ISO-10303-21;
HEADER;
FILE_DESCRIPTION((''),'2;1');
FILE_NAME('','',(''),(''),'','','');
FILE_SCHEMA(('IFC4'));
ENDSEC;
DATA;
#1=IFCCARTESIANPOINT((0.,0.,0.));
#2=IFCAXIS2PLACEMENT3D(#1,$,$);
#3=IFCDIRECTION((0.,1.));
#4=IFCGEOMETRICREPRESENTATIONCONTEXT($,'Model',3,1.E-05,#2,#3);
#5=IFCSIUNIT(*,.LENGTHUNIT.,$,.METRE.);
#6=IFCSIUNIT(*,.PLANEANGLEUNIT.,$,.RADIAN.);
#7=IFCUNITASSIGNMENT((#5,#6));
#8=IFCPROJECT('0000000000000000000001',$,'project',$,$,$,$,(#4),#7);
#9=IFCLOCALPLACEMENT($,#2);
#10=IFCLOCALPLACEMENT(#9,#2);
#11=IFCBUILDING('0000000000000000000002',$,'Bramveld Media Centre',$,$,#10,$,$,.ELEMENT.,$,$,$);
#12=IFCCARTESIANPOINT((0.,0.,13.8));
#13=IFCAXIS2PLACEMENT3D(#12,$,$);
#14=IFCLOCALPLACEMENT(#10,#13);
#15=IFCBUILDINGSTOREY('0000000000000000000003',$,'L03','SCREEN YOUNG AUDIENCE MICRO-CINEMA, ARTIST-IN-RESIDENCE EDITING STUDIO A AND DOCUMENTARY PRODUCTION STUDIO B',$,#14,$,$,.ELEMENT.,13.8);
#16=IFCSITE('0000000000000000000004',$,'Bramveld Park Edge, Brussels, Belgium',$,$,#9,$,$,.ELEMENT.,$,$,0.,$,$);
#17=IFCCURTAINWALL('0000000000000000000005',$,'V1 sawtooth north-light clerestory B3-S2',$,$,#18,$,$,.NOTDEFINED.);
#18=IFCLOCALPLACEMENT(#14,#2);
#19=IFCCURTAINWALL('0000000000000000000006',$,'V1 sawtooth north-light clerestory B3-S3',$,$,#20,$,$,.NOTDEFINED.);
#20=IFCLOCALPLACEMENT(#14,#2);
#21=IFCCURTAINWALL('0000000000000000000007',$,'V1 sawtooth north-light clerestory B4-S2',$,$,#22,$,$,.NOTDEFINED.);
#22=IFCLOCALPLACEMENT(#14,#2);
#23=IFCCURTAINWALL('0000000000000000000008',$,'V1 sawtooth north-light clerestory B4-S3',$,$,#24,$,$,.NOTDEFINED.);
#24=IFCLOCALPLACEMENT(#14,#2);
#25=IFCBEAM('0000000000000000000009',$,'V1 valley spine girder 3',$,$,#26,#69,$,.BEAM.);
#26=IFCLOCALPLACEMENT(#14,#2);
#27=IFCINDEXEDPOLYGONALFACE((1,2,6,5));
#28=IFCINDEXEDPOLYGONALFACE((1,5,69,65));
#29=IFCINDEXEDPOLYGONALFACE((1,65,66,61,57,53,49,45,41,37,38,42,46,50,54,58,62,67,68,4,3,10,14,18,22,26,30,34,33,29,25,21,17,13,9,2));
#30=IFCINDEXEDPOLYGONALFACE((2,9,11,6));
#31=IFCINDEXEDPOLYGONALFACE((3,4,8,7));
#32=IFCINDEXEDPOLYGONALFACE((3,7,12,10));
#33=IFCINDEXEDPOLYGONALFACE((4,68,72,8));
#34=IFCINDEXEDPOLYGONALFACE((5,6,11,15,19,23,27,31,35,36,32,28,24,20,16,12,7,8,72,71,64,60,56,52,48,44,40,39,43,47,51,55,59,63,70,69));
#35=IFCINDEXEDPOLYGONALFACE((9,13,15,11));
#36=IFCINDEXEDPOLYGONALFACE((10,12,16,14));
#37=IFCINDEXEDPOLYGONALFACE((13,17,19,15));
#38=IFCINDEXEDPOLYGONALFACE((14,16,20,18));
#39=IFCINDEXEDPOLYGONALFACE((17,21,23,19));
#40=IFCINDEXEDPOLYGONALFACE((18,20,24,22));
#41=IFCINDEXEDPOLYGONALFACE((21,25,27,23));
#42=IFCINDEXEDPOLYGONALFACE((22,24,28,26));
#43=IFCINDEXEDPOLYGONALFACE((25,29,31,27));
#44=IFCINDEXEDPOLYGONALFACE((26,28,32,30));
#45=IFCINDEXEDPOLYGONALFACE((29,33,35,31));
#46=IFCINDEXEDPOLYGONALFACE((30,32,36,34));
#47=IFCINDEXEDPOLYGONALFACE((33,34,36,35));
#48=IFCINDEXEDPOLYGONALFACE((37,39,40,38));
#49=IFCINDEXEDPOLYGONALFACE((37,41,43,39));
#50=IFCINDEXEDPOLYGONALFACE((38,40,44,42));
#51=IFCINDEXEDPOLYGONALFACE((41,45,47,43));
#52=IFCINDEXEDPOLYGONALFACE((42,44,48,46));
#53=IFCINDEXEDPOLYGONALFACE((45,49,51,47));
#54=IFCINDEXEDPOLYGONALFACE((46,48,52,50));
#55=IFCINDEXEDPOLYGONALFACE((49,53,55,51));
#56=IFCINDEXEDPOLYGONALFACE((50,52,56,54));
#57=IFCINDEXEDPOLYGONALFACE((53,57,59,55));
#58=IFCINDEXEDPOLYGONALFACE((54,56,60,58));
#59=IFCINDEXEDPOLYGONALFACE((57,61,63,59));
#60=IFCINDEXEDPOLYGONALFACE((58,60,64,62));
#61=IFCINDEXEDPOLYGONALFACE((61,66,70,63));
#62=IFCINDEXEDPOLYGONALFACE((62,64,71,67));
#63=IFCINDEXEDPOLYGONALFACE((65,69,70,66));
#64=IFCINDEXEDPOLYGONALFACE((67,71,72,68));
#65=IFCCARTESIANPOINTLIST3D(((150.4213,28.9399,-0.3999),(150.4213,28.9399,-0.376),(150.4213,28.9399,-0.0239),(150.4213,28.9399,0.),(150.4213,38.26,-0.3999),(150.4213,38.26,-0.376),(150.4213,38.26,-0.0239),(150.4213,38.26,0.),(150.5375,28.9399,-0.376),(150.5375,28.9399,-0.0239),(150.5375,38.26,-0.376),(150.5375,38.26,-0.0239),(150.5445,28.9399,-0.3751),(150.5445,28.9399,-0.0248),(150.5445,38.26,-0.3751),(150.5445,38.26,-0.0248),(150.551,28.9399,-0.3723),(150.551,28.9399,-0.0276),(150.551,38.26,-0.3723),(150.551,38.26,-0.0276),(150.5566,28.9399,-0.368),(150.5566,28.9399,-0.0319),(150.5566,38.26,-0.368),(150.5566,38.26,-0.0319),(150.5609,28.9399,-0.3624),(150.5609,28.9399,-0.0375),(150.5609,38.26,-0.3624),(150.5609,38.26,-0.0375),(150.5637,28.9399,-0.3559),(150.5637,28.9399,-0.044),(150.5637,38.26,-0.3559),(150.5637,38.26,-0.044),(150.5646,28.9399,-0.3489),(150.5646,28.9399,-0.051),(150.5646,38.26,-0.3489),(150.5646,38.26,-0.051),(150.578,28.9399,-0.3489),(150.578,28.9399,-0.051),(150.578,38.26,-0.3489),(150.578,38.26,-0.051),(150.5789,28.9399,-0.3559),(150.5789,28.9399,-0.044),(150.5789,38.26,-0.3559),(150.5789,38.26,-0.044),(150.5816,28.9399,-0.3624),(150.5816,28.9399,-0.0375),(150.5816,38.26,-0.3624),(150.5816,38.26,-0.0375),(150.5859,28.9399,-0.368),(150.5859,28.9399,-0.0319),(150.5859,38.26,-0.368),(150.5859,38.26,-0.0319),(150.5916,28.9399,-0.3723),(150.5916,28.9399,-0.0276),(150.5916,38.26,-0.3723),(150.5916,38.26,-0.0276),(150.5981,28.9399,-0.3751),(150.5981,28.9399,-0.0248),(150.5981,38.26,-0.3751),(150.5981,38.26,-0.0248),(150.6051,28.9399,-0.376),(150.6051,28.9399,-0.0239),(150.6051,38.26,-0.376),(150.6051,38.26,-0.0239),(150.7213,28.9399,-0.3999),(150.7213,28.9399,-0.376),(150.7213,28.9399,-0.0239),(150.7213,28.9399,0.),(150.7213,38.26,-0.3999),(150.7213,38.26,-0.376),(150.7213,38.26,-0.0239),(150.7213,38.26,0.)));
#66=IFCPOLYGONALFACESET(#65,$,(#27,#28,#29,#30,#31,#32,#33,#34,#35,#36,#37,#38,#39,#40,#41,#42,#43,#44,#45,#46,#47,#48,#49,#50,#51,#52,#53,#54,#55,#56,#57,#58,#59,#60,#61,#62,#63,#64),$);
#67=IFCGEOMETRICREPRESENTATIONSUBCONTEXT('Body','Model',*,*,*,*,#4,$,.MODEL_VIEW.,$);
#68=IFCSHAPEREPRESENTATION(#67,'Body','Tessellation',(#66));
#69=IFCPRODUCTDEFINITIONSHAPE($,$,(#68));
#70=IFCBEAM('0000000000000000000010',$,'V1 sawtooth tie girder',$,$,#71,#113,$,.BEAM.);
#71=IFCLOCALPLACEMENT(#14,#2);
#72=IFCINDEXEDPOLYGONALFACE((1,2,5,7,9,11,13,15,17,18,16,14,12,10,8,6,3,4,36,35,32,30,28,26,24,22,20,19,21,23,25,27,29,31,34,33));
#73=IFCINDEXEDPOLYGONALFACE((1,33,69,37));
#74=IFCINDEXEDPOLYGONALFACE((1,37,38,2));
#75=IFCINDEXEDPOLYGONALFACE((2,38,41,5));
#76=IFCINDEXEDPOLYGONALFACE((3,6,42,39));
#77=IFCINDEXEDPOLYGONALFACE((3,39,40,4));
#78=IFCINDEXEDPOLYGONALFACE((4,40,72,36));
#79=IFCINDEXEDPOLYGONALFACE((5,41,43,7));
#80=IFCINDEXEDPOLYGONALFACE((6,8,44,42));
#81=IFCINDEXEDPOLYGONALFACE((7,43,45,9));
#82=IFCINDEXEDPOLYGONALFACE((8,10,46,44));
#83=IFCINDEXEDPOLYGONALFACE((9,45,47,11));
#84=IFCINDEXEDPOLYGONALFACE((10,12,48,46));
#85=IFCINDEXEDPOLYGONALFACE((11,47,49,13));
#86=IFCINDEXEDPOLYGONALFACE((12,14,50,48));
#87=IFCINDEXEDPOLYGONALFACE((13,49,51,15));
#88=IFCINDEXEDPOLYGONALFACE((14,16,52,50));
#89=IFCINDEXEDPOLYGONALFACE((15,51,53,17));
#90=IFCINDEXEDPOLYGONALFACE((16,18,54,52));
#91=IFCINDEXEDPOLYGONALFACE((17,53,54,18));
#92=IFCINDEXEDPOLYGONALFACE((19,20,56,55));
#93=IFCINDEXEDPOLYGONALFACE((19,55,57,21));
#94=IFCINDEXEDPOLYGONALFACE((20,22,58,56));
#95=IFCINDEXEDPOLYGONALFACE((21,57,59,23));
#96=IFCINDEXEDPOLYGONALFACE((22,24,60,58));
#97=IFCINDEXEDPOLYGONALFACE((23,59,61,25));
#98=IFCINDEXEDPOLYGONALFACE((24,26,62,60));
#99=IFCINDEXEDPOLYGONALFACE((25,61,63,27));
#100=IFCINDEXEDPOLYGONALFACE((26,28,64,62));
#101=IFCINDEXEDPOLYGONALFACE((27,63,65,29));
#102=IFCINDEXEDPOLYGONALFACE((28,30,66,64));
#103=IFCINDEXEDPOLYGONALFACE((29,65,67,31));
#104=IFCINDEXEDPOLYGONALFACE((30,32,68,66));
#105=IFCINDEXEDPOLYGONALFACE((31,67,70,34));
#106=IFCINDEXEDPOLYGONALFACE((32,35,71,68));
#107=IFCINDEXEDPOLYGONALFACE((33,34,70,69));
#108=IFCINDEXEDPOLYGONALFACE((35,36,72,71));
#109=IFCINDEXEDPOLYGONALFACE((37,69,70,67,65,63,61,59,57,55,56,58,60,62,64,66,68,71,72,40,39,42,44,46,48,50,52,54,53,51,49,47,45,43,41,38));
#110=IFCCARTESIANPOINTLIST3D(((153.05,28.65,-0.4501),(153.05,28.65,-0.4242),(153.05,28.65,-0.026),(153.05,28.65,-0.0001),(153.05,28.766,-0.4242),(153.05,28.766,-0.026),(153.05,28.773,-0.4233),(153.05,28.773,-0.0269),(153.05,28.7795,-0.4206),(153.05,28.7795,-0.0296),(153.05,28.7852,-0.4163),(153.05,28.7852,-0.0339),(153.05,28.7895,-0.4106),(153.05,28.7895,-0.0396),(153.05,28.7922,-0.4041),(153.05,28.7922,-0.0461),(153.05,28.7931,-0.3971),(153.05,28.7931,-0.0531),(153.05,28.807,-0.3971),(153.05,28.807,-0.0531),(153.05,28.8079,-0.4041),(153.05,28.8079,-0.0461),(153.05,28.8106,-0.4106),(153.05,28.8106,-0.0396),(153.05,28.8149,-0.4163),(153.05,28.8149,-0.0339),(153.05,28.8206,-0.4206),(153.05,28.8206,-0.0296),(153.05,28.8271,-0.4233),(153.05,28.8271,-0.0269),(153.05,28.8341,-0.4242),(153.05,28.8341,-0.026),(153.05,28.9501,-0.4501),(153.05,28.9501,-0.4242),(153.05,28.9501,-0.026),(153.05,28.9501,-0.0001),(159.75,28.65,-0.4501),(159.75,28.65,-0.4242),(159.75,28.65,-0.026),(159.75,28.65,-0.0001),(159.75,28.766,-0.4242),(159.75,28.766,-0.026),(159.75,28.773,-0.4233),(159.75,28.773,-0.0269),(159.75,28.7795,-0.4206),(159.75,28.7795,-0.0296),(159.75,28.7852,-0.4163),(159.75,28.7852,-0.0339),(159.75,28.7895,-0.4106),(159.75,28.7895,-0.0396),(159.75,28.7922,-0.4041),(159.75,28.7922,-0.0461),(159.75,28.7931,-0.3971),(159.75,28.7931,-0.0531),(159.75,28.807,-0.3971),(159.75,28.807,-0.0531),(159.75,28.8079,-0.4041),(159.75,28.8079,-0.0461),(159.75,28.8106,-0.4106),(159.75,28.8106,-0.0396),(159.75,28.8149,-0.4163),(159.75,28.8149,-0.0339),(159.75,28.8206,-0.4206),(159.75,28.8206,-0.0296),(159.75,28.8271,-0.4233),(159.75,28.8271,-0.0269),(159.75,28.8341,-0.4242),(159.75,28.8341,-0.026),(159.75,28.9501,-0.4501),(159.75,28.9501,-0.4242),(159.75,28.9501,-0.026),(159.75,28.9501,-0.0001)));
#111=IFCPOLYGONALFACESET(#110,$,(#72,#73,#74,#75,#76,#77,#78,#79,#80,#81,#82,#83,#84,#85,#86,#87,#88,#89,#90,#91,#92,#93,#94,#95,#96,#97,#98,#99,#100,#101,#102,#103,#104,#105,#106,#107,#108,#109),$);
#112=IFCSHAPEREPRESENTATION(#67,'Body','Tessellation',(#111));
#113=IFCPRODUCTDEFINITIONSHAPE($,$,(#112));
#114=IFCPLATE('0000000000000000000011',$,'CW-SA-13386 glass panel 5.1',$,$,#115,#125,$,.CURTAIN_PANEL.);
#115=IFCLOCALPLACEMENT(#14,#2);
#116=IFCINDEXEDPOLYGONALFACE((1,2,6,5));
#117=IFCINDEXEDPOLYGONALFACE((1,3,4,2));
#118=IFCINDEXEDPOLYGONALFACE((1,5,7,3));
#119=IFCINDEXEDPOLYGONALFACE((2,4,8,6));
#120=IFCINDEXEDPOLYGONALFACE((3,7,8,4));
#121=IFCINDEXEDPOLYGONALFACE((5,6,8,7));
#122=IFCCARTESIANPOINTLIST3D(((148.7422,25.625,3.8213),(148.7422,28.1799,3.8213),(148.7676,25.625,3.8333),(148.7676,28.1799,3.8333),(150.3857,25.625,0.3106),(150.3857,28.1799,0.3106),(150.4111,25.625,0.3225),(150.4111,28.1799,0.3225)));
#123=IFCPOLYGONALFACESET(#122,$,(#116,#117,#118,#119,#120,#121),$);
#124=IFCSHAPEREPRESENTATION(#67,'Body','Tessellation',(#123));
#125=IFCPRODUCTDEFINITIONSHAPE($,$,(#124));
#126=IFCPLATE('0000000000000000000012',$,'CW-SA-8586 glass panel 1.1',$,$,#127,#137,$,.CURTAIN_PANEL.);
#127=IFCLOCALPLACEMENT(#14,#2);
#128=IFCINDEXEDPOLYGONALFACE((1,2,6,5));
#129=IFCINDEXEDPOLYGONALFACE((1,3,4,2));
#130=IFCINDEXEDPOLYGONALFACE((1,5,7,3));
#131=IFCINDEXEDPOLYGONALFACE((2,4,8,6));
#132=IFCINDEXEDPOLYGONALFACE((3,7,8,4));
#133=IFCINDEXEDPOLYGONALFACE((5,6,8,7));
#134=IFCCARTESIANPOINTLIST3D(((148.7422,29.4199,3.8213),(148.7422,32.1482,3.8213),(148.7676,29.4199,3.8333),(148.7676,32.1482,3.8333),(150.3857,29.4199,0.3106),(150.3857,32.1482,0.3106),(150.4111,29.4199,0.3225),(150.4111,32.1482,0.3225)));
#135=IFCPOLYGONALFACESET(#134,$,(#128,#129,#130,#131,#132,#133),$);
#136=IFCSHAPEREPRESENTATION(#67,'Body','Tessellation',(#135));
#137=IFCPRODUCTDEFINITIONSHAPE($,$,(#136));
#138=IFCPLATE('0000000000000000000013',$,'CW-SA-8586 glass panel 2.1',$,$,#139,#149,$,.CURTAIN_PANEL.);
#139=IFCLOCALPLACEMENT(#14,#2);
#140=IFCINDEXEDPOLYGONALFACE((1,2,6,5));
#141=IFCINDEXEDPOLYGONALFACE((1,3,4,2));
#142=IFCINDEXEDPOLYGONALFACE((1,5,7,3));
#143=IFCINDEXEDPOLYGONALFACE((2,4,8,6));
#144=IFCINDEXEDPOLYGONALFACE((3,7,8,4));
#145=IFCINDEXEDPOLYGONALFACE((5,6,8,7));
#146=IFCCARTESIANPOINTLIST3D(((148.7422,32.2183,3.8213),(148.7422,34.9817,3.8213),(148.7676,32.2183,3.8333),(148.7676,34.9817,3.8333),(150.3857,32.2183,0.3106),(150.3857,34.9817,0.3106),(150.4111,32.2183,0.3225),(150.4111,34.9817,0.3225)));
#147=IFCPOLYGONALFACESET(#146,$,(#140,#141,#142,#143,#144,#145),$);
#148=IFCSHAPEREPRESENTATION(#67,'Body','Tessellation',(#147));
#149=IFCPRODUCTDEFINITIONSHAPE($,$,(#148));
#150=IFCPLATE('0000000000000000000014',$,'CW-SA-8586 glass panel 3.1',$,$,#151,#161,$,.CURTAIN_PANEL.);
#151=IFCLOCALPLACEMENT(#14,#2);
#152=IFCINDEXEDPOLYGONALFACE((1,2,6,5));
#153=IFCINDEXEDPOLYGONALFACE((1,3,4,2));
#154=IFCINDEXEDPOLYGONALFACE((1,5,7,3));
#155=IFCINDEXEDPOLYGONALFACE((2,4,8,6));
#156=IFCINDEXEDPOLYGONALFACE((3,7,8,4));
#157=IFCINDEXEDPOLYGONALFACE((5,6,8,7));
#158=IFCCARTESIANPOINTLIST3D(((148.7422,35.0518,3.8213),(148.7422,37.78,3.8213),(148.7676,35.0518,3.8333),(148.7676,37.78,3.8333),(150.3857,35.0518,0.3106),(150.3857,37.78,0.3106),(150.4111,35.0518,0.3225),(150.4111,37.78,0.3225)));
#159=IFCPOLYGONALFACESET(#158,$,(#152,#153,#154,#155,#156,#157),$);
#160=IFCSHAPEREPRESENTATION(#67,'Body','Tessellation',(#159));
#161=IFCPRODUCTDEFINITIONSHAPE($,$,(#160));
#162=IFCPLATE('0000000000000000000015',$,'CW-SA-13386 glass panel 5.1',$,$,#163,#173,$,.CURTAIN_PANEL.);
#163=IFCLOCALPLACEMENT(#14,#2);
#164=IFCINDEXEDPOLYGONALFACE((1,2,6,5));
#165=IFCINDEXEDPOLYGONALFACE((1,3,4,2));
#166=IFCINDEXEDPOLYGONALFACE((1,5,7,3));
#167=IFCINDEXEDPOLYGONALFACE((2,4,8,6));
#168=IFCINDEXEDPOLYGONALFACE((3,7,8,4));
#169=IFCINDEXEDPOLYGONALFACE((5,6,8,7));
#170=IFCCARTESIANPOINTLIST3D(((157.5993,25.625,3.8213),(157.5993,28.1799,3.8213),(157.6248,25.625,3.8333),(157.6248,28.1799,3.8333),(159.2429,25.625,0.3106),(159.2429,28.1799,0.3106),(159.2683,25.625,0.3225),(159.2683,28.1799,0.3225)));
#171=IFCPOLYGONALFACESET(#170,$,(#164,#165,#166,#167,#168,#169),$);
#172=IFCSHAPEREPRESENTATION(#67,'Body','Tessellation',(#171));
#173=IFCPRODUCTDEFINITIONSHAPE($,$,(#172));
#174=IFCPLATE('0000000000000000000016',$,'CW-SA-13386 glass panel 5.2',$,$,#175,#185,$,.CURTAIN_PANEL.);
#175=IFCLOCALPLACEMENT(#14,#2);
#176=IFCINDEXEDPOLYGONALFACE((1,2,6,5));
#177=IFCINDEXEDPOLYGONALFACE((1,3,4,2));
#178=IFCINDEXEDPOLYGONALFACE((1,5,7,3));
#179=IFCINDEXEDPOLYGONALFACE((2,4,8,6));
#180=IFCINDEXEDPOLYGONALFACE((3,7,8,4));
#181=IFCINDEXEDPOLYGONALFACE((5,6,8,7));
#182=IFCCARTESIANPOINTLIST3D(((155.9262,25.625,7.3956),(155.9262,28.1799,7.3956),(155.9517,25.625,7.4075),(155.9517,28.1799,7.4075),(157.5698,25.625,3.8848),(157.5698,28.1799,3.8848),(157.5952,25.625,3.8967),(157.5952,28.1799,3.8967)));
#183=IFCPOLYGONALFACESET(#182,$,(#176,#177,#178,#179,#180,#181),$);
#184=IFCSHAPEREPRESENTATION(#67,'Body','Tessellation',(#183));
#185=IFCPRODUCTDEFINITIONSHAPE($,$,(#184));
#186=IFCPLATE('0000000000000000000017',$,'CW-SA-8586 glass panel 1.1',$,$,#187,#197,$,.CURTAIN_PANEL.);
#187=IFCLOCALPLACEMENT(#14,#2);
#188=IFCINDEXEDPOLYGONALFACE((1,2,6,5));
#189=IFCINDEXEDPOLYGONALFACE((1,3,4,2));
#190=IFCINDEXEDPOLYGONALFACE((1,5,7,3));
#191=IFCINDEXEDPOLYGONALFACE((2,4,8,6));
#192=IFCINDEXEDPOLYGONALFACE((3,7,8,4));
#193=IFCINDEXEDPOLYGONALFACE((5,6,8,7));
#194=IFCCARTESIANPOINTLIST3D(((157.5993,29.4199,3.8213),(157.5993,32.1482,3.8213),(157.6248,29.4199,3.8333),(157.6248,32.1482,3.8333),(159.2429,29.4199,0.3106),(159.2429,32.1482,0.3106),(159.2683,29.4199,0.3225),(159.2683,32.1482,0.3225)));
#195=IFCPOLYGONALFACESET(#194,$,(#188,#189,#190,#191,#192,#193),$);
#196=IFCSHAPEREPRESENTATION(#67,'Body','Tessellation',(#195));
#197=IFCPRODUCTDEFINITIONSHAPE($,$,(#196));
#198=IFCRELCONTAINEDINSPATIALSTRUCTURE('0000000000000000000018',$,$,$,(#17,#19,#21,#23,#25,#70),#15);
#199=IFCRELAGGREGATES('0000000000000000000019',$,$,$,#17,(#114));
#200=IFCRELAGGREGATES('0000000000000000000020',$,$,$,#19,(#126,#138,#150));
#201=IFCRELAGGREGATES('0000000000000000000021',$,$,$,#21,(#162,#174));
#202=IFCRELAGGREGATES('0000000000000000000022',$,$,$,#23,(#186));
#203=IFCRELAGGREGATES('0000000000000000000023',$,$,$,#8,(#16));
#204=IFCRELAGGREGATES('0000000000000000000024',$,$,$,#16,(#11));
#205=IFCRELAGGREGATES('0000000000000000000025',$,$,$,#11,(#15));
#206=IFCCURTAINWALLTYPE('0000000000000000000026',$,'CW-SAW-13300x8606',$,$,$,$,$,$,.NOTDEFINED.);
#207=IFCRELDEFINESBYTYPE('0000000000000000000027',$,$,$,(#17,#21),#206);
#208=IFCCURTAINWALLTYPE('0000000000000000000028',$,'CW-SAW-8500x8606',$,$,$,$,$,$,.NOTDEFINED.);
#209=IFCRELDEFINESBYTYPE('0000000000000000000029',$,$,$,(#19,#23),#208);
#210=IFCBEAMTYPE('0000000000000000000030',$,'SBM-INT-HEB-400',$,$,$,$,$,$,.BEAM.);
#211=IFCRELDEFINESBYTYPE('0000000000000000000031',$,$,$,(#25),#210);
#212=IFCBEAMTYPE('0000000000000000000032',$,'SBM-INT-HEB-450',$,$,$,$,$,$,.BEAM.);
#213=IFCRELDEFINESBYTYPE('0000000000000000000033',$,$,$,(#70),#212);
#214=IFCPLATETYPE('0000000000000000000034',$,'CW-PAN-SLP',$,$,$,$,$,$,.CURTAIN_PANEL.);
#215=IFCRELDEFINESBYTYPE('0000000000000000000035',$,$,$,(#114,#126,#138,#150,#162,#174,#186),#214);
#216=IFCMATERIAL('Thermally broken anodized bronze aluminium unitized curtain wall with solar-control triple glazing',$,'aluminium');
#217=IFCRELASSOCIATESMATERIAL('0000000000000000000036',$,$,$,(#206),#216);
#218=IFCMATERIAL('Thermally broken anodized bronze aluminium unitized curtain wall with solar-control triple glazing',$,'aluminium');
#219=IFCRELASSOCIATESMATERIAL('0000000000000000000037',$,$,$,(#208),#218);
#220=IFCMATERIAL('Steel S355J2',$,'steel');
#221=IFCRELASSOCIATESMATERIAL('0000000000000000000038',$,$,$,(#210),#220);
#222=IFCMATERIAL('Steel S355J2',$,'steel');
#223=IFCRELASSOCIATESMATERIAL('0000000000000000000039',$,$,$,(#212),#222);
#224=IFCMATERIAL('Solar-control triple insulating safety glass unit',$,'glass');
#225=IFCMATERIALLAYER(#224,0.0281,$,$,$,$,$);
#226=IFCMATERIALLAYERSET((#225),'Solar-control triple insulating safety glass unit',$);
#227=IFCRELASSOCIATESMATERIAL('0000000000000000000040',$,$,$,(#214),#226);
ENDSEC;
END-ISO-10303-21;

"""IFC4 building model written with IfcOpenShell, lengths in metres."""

from ifc_helpers import new_model, si_unit, direction, frame, origin, origin_2d, place, context, subcontext, project, spatial, polyline, i_section, outline, extrude, material, layer, layer_set, material_profile, profile_set, type_object, element, aggregate, save


model = new_model("IFC4")

# Units and contexts
model_context = context("Model", 3, precision=1e-05, world=origin(), true_north=direction((0.0, 1.0)))
body_context = subcontext(model_context, "Body", "Model", "MODEL_VIEW")
ifc_project = project(units=[si_unit("LENGTHUNIT", "METRE"), si_unit("PLANEANGLEUNIT", "RADIAN")], contexts=[model_context])

# Site, building, storey
site_placement = place(None, origin())
site = spatial("IfcSite", under=ifc_project, at=site_placement, Name="Bramveld Park Edge, Brussels, Belgium", CompositionType="ELEMENT", RefElevation=0.0)
building_placement = place(site_placement, origin())
building = spatial("IfcBuilding", under=site, at=building_placement, Name="Bramveld Media Centre", CompositionType="ELEMENT")
storey_placement = place(building_placement, frame((0.0, 0.0, 13.8)))
storey = spatial("IfcBuildingStorey", under=building, at=storey_placement, Name="L03", Description="SCREEN YOUNG AUDIENCE MICRO-CINEMA, ARTIST-IN-RESIDENCE EDITING STUDIO A AND DOCUMENTARY PRODUCTION STUDIO B", CompositionType="ELEMENT", Elevation=13.8)

# Curtain wall
ifc_material_1 = material(Name="Thermally broken anodized bronze aluminium unitized curtain wall with solar-control triple glazing", Category="aluminium")
curtain_wall_type_1 = type_object("IfcCurtainWallType", Name="CW-SAW-13300x8606", PredefinedType="NOTDEFINED", material=ifc_material_1)
curtain_wall_1_placement = place(storey_placement, origin())
curtain_wall_1 = element("IfcCurtainWall", 1, at=curtain_wall_1_placement, inside=storey, type_object=curtain_wall_type_1, Name="V1 sawtooth north-light clerestory B3-S2", PredefinedType="NOTDEFINED")

# Curtain wall
ifc_material_2 = material(Name="Thermally broken anodized bronze aluminium unitized curtain wall with solar-control triple glazing", Category="aluminium")
curtain_wall_type_2 = type_object("IfcCurtainWallType", Name="CW-SAW-8500x8606", PredefinedType="NOTDEFINED", material=ifc_material_2)
curtain_wall_2_placement = place(storey_placement, origin())
curtain_wall_2 = element("IfcCurtainWall", 2, at=curtain_wall_2_placement, inside=storey, type_object=curtain_wall_type_2, Name="V1 sawtooth north-light clerestory B3-S3", PredefinedType="NOTDEFINED")

# Curtain walls
curtain_wall_3_placement = place(storey_placement, origin())
curtain_wall_3 = element("IfcCurtainWall", 3, at=curtain_wall_3_placement, inside=storey, type_object=curtain_wall_type_1, Name="V1 sawtooth north-light clerestory B4-S2", PredefinedType="NOTDEFINED")
curtain_wall_4_placement = place(storey_placement, origin())
curtain_wall_4 = element("IfcCurtainWall", 4, at=curtain_wall_4_placement, inside=storey, type_object=curtain_wall_type_2, Name="V1 sawtooth north-light clerestory B4-S3", PredefinedType="NOTDEFINED")

# Beams
ifc_material_3 = material(Name="Steel S355J2", Category="steel")
ifc_material_profile_1 = material_profile(ifc_material_3, i_section(OverallWidth=0.3, OverallDepth=0.3999, WebThickness=0.0134, FlangeThickness=0.0239, FilletRadius=0.0271, at=origin_2d()), Name="HEB 400")
ifc_profile_set_1 = profile_set([ifc_material_profile_1], Name="Steel S355J2")
beam_type_1 = type_object("IfcBeamType", Name="SBM-INT-HEB-400", PredefinedType="BEAM", material=ifc_profile_set_1)
beam_1_placement = place(storey_placement, frame((150.5713, 28.9399, -0.2), z_axis=(0.0, 1.0, 0.0), x_axis=(-1.0, 0.0, 0.0)))
element("IfcBeam", 5, at=beam_1_placement, inside=storey, type_object=beam_type_1, Name="V1 valley spine girder 3", PredefinedType="BEAM", context=body_context, shape_type="SweptSolid", body=[
    extrude(i_section(OverallWidth=0.3, OverallDepth=0.3999, WebThickness=0.0134, FlangeThickness=0.0239, FilletRadius=0.0271, at=origin_2d()), origin(), (0.0, 0.0, 1.0), 9.3201),
])
ifc_material_4 = material(Name="Steel S355J2", Category="steel")
ifc_material_profile_2 = material_profile(ifc_material_4, i_section(OverallWidth=0.3, OverallDepth=0.45, WebThickness=0.0139, FlangeThickness=0.0259, FilletRadius=0.0271, at=origin_2d()), Name="HEB 450")
ifc_profile_set_2 = profile_set([ifc_material_profile_2], Name="Steel S355J2")
beam_type_2 = type_object("IfcBeamType", Name="SBM-INT-HEB-450", PredefinedType="BEAM", material=ifc_profile_set_2)
beam_2_placement = place(storey_placement, frame((153.05, 28.8, -0.2251), z_axis=(1.0, 0.0, 0.0), x_axis=(0.0, 1.0, 0.0)))
element("IfcBeam", 6, at=beam_2_placement, inside=storey, type_object=beam_type_2, Name="V1 sawtooth tie girder", PredefinedType="BEAM", context=body_context, shape_type="SweptSolid", body=[
    extrude(i_section(OverallWidth=0.3, OverallDepth=0.45, WebThickness=0.0139, FlangeThickness=0.0259, FilletRadius=0.0271, at=origin_2d()), origin(), (0.0, 0.0, 1.0), 6.7),
])

# Plates
ifc_material_5 = material(Name="Solar-control triple insulating safety glass unit", Category="glass")
ifc_layer_1 = layer(ifc_material_5, 0.0281)
ifc_layer_set_1 = layer_set([ifc_layer_1], Name="Solar-control triple insulating safety glass unit")
plate_type_1 = type_object("IfcPlateType", Name="CW-PAN-SLP", PredefinedType="CURTAIN_PANEL", material=ifc_layer_set_1)
plate_1_placement = place(storey_placement, frame((150.4111, 25.625, 0.3225), z_axis=(0.905668, 0.0, 0.423988), x_axis=(0.0, 1.0, 0.0)))
plate_1 = element("IfcPlate", 7, at=plate_1_placement, type_object=plate_type_1, Name="CW-SA-13386 glass panel 5.1", PredefinedType="CURTAIN_PANEL", context=body_context, shape_type="SweptSolid", body=[
    extrude(outline(polyline([(0.0, 0.0), (2.5549, 0.0), (2.5549, 3.8764), (0.0, 3.8764), (0.0, 0.0)])), origin(), (0.0, 0.0, -1.0), 0.0281),
])
aggregate(curtain_wall_1, [plate_1])
plate_2_placement = place(storey_placement, frame((150.4111, 29.4199, 0.3225), z_axis=(0.905668, 0.0, 0.423988), x_axis=(0.0, 1.0, 0.0)))
plate_2 = element("IfcPlate", 8, at=plate_2_placement, type_object=plate_type_1, Name="CW-SA-8586 glass panel 1.1", PredefinedType="CURTAIN_PANEL", context=body_context, shape_type="SweptSolid", body=[
    extrude(outline(polyline([(0.0, 0.0), (2.7283, 0.0), (2.7283, 3.8764), (0.0, 3.8764), (0.0, 0.0)])), origin(), (0.0, 0.0, -1.0), 0.0281),
])
plate_3_placement = place(storey_placement, frame((150.4111, 32.2183, 0.3225), z_axis=(0.905668, 0.0, 0.423988), x_axis=(0.0, 1.0, 0.0)))
plate_3 = element("IfcPlate", 9, at=plate_3_placement, type_object=plate_type_1, Name="CW-SA-8586 glass panel 2.1", PredefinedType="CURTAIN_PANEL", context=body_context, shape_type="SweptSolid", body=[
    extrude(outline(polyline([(0.0, 0.0), (2.7634, 0.0), (2.7634, 3.8764), (0.0, 3.8764), (0.0, 0.0)])), origin(), (0.0, 0.0, -1.0), 0.0281),
])
plate_4_placement = place(storey_placement, frame((150.4111, 35.0518, 0.3225), z_axis=(0.905668, 0.0, 0.423988), x_axis=(0.0, 1.0, 0.0)))
plate_4 = element("IfcPlate", 10, at=plate_4_placement, type_object=plate_type_1, Name="CW-SA-8586 glass panel 3.1", PredefinedType="CURTAIN_PANEL", context=body_context, shape_type="SweptSolid", body=[
    extrude(outline(polyline([(0.0, 0.0), (2.7283, 0.0), (2.7283, 3.8764), (0.0, 3.8764), (0.0, 0.0)])), origin(), (0.0, 0.0, -1.0), 0.0281),
])
aggregate(curtain_wall_2, [plate_2, plate_3, plate_4])
plate_5_placement = place(storey_placement, frame((159.2683, 25.625, 0.3225), z_axis=(0.905668, 0.0, 0.423988), x_axis=(0.0, 1.0, 0.0)))
plate_5 = element("IfcPlate", 11, at=plate_5_placement, type_object=plate_type_1, Name="CW-SA-13386 glass panel 5.1", PredefinedType="CURTAIN_PANEL", context=body_context, shape_type="SweptSolid", body=[
    extrude(outline(polyline([(0.0, 0.0), (2.5549, 0.0), (2.5549, 3.8764), (0.0, 3.8764), (0.0, 0.0)])), origin(), (0.0, 0.0, -1.0), 0.0281),
])
plate_6_placement = place(storey_placement, frame((157.5952, 25.625, 3.8967), z_axis=(0.905668, 0.0, 0.423988), x_axis=(0.0, 1.0, 0.0)))
plate_6 = element("IfcPlate", 12, at=plate_6_placement, type_object=plate_type_1, Name="CW-SA-13386 glass panel 5.2", PredefinedType="CURTAIN_PANEL", context=body_context, shape_type="SweptSolid", body=[
    extrude(outline(polyline([(0.0, 0.0), (2.5549, 0.0), (2.5549, 3.8764), (0.0, 3.8764), (0.0, 0.0)])), origin(), (0.0, 0.0, -1.0), 0.0281),
])
aggregate(curtain_wall_3, [plate_5, plate_6])
plate_7_placement = place(storey_placement, frame((159.2683, 29.4199, 0.3225), z_axis=(0.905668, 0.0, 0.423988), x_axis=(0.0, 1.0, 0.0)))
plate_7 = element("IfcPlate", 13, at=plate_7_placement, type_object=plate_type_1, Name="CW-SA-8586 glass panel 1.1", PredefinedType="CURTAIN_PANEL", context=body_context, shape_type="SweptSolid", body=[
    extrude(outline(polyline([(0.0, 0.0), (2.7283, 0.0), (2.7283, 3.8764), (0.0, 3.8764), (0.0, 0.0)])), origin(), (0.0, 0.0, -1.0), 0.0281),
])
aggregate(curtain_wall_4, [plate_7])

save(model, "model.ifc")
